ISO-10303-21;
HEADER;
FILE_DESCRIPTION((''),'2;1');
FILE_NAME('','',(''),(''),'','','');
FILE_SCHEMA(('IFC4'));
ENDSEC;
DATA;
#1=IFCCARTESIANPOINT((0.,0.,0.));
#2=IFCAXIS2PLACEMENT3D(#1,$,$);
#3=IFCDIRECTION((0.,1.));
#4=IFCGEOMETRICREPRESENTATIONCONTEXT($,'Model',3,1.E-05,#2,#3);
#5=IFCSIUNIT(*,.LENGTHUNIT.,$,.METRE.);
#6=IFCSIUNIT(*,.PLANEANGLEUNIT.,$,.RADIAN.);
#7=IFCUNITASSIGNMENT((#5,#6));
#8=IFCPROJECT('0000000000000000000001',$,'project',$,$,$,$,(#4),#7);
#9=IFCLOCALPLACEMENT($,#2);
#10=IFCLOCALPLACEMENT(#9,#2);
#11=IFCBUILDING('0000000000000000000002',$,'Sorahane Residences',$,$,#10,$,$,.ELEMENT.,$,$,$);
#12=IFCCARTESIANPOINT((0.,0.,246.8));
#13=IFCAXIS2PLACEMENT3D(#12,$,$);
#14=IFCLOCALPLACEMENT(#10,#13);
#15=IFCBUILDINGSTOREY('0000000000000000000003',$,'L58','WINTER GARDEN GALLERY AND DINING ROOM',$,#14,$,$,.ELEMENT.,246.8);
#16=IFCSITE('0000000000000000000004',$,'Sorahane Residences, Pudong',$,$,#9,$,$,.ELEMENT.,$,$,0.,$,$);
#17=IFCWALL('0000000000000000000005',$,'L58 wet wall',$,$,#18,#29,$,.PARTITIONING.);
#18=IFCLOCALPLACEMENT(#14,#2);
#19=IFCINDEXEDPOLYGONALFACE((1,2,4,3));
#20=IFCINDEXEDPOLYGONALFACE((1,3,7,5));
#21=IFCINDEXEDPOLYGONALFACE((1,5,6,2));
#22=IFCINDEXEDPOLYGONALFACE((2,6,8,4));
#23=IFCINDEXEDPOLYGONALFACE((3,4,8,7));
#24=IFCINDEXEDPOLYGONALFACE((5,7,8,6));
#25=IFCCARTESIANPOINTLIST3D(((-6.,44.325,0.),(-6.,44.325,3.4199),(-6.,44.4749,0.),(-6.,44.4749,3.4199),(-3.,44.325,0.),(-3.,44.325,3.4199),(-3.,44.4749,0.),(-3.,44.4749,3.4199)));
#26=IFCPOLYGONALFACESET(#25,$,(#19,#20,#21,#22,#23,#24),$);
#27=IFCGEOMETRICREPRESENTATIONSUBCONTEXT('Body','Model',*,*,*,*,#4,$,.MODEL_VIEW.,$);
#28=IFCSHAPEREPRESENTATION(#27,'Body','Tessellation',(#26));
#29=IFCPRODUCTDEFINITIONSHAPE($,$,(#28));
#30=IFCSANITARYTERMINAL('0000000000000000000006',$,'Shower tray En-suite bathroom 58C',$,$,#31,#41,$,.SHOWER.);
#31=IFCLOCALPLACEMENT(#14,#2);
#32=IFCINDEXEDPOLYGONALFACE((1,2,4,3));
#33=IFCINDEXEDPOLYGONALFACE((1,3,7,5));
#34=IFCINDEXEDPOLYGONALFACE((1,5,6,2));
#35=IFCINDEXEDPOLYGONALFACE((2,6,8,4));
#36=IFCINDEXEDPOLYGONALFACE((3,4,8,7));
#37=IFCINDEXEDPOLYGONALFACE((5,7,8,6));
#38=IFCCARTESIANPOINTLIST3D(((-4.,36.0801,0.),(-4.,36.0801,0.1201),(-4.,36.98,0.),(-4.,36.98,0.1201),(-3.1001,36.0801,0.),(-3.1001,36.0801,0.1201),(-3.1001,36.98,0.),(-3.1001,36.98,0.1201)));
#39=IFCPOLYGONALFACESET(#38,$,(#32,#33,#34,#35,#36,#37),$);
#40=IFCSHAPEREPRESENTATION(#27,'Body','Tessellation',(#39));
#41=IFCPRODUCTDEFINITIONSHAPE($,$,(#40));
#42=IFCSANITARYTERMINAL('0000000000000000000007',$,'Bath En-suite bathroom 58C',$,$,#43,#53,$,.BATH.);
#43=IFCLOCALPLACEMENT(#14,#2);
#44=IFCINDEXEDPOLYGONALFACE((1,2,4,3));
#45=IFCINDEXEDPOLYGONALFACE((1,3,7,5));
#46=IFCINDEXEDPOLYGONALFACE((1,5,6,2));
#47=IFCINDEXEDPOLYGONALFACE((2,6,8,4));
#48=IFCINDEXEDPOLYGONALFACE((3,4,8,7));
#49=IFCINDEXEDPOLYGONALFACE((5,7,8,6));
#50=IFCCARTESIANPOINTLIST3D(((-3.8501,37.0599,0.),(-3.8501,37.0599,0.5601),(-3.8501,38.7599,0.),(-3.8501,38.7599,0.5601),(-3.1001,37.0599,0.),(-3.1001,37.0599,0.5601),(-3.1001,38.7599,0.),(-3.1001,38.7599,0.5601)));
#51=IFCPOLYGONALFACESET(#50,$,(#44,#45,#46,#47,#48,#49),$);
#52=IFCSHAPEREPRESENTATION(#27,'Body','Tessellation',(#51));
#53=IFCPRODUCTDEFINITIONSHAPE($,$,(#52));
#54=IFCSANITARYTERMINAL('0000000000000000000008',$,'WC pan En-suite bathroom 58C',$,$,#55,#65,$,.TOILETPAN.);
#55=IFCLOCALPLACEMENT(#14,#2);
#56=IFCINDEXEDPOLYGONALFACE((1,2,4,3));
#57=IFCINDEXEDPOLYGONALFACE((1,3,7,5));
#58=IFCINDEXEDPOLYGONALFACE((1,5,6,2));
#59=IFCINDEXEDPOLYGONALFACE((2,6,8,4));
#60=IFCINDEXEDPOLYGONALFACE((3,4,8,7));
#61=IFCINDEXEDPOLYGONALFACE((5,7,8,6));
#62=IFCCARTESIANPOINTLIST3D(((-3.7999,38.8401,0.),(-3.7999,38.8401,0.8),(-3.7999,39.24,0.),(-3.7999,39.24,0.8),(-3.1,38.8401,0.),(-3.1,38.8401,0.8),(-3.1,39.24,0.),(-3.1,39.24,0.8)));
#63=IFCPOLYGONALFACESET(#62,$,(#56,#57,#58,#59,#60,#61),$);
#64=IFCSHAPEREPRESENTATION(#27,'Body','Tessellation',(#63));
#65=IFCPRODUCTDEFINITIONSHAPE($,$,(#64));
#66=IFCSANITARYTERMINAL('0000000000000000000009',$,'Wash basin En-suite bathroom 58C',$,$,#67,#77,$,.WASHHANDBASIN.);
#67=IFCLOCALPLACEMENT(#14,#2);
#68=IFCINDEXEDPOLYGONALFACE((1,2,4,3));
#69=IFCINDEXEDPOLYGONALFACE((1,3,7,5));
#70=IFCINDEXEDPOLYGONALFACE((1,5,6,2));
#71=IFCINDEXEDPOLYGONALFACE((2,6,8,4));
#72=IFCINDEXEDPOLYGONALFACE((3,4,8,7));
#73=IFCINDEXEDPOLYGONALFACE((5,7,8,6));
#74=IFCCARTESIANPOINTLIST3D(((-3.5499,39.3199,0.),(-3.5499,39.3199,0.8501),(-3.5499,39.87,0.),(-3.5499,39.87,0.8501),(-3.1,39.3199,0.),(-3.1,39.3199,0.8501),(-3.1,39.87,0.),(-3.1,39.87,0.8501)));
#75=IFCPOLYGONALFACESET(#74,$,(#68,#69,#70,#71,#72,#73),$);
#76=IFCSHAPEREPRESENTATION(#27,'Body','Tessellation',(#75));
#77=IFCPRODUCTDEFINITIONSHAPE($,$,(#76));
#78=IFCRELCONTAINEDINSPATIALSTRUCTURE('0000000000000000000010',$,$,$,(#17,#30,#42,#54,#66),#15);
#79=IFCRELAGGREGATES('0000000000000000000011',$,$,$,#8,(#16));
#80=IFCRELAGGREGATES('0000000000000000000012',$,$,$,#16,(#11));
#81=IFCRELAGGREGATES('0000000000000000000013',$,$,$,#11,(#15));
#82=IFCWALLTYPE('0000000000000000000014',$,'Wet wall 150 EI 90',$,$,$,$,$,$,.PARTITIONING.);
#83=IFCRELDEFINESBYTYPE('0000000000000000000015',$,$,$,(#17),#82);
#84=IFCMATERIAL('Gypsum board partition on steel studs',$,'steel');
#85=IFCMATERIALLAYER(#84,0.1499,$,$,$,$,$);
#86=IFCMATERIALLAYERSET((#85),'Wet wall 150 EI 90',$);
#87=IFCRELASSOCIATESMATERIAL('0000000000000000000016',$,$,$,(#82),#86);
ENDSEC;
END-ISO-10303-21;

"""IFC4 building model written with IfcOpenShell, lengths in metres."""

from ifc_helpers import new_model, si_unit, direction, frame, frame_2d, origin, origin_2d, place, context, subcontext, project, spatial, rectangle, extrude, material, layer, layer_set, type_object, element, save


model = new_model("IFC4")

# Units and contexts
model_context = context("Model", 3, precision=1e-05, world=origin(), true_north=direction((0.0, 1.0)))
body_context = subcontext(model_context, "Body", "Model", "MODEL_VIEW")
ifc_project = project(units=[si_unit("LENGTHUNIT", "METRE"), si_unit("PLANEANGLEUNIT", "RADIAN")], contexts=[model_context])

# Site, building, storey
site_placement = place(None, origin())
site = spatial("IfcSite", under=ifc_project, at=site_placement, Name="Sorahane Residences, Pudong", CompositionType="ELEMENT", RefElevation=0.0)
building_placement = place(site_placement, origin())
building = spatial("IfcBuilding", under=site, at=building_placement, Name="Sorahane Residences", CompositionType="ELEMENT")
storey_placement = place(building_placement, frame((0.0, 0.0, 246.8)))
storey = spatial("IfcBuildingStorey", under=building, at=storey_placement, Name="L58", Description="WINTER GARDEN GALLERY AND DINING ROOM", CompositionType="ELEMENT", Elevation=246.8)

# Wall
ifc_material_1 = material(Name="Gypsum board partition on steel studs", Category="steel")
ifc_layer_1 = layer(ifc_material_1, 0.1499)
ifc_layer_set_1 = layer_set([ifc_layer_1], Name="Wet wall 150 EI 90")
wall_type_1 = type_object("IfcWallType", Name="Wet wall 150 EI 90", PredefinedType="PARTITIONING", material=ifc_layer_set_1)
wall_1_placement = place(storey_placement, frame((-6.0, 44.3999, 0.0), z_axis=(0.0, 0.0, 1.0), x_axis=(1.0, 0.0, 0.0)))
element("IfcWall", 1, at=wall_1_placement, inside=storey, type_object=wall_type_1, Name="L58 wet wall", PredefinedType="PARTITIONING", context=body_context, shape_type="SweptSolid", body=[
    extrude(rectangle(XDim=3.0, YDim=0.1499, at=frame_2d((1.5, 0.0))), origin(), (0.0, 0.0, 1.0), 3.4199),
])

# Sanitary terminals
sanitary_terminal_1_placement = place(storey_placement, frame((-3.55, 36.53, 0.0), z_axis=(0.0, 0.0, 1.0), x_axis=(0.0, -1.0, 0.0)))
element("IfcSanitaryTerminal", 2, at=sanitary_terminal_1_placement, inside=storey, Name="Shower tray En-suite bathroom 58C", PredefinedType="SHOWER", context=body_context, shape_type="SweptSolid", body=[
    extrude(rectangle(XDim=0.8999, YDim=0.8999, at=origin_2d()), origin(), (0.0, 0.0, 1.0), 0.1201),
])
sanitary_terminal_2_placement = place(storey_placement, frame((-3.4751, 37.9099, 0.0), z_axis=(0.0, 0.0, 1.0), x_axis=(0.0, -1.0, 0.0)))
element("IfcSanitaryTerminal", 3, at=sanitary_terminal_2_placement, inside=storey, Name="Bath En-suite bathroom 58C", PredefinedType="BATH", context=body_context, shape_type="SweptSolid", body=[
    extrude(rectangle(XDim=1.7, YDim=0.75, at=origin_2d()), origin(), (0.0, 0.0, 1.0), 0.5601),
])
sanitary_terminal_3_placement = place(storey_placement, frame((-3.45, 39.04, 0.0), z_axis=(0.0, 0.0, 1.0), x_axis=(0.0, -1.0, 0.0)))
element("IfcSanitaryTerminal", 4, at=sanitary_terminal_3_placement, inside=storey, Name="WC pan En-suite bathroom 58C", PredefinedType="TOILETPAN", context=body_context, shape_type="SweptSolid", body=[
    extrude(rectangle(XDim=0.3999, YDim=0.7, at=origin_2d()), origin(), (0.0, 0.0, 1.0), 0.8),
])
sanitary_terminal_4_placement = place(storey_placement, frame((-3.325, 39.595, 0.0), z_axis=(0.0, 0.0, 1.0), x_axis=(0.0, -1.0, 0.0)))
element("IfcSanitaryTerminal", 5, at=sanitary_terminal_4_placement, inside=storey, Name="Wash basin En-suite bathroom 58C", PredefinedType="WASHHANDBASIN", context=body_context, shape_type="SweptSolid", body=[
    extrude(rectangle(XDim=0.55, YDim=0.45, at=origin_2d()), origin(), (0.0, 0.0, 1.0), 0.8501),
])

save(model, "model.ifc")
